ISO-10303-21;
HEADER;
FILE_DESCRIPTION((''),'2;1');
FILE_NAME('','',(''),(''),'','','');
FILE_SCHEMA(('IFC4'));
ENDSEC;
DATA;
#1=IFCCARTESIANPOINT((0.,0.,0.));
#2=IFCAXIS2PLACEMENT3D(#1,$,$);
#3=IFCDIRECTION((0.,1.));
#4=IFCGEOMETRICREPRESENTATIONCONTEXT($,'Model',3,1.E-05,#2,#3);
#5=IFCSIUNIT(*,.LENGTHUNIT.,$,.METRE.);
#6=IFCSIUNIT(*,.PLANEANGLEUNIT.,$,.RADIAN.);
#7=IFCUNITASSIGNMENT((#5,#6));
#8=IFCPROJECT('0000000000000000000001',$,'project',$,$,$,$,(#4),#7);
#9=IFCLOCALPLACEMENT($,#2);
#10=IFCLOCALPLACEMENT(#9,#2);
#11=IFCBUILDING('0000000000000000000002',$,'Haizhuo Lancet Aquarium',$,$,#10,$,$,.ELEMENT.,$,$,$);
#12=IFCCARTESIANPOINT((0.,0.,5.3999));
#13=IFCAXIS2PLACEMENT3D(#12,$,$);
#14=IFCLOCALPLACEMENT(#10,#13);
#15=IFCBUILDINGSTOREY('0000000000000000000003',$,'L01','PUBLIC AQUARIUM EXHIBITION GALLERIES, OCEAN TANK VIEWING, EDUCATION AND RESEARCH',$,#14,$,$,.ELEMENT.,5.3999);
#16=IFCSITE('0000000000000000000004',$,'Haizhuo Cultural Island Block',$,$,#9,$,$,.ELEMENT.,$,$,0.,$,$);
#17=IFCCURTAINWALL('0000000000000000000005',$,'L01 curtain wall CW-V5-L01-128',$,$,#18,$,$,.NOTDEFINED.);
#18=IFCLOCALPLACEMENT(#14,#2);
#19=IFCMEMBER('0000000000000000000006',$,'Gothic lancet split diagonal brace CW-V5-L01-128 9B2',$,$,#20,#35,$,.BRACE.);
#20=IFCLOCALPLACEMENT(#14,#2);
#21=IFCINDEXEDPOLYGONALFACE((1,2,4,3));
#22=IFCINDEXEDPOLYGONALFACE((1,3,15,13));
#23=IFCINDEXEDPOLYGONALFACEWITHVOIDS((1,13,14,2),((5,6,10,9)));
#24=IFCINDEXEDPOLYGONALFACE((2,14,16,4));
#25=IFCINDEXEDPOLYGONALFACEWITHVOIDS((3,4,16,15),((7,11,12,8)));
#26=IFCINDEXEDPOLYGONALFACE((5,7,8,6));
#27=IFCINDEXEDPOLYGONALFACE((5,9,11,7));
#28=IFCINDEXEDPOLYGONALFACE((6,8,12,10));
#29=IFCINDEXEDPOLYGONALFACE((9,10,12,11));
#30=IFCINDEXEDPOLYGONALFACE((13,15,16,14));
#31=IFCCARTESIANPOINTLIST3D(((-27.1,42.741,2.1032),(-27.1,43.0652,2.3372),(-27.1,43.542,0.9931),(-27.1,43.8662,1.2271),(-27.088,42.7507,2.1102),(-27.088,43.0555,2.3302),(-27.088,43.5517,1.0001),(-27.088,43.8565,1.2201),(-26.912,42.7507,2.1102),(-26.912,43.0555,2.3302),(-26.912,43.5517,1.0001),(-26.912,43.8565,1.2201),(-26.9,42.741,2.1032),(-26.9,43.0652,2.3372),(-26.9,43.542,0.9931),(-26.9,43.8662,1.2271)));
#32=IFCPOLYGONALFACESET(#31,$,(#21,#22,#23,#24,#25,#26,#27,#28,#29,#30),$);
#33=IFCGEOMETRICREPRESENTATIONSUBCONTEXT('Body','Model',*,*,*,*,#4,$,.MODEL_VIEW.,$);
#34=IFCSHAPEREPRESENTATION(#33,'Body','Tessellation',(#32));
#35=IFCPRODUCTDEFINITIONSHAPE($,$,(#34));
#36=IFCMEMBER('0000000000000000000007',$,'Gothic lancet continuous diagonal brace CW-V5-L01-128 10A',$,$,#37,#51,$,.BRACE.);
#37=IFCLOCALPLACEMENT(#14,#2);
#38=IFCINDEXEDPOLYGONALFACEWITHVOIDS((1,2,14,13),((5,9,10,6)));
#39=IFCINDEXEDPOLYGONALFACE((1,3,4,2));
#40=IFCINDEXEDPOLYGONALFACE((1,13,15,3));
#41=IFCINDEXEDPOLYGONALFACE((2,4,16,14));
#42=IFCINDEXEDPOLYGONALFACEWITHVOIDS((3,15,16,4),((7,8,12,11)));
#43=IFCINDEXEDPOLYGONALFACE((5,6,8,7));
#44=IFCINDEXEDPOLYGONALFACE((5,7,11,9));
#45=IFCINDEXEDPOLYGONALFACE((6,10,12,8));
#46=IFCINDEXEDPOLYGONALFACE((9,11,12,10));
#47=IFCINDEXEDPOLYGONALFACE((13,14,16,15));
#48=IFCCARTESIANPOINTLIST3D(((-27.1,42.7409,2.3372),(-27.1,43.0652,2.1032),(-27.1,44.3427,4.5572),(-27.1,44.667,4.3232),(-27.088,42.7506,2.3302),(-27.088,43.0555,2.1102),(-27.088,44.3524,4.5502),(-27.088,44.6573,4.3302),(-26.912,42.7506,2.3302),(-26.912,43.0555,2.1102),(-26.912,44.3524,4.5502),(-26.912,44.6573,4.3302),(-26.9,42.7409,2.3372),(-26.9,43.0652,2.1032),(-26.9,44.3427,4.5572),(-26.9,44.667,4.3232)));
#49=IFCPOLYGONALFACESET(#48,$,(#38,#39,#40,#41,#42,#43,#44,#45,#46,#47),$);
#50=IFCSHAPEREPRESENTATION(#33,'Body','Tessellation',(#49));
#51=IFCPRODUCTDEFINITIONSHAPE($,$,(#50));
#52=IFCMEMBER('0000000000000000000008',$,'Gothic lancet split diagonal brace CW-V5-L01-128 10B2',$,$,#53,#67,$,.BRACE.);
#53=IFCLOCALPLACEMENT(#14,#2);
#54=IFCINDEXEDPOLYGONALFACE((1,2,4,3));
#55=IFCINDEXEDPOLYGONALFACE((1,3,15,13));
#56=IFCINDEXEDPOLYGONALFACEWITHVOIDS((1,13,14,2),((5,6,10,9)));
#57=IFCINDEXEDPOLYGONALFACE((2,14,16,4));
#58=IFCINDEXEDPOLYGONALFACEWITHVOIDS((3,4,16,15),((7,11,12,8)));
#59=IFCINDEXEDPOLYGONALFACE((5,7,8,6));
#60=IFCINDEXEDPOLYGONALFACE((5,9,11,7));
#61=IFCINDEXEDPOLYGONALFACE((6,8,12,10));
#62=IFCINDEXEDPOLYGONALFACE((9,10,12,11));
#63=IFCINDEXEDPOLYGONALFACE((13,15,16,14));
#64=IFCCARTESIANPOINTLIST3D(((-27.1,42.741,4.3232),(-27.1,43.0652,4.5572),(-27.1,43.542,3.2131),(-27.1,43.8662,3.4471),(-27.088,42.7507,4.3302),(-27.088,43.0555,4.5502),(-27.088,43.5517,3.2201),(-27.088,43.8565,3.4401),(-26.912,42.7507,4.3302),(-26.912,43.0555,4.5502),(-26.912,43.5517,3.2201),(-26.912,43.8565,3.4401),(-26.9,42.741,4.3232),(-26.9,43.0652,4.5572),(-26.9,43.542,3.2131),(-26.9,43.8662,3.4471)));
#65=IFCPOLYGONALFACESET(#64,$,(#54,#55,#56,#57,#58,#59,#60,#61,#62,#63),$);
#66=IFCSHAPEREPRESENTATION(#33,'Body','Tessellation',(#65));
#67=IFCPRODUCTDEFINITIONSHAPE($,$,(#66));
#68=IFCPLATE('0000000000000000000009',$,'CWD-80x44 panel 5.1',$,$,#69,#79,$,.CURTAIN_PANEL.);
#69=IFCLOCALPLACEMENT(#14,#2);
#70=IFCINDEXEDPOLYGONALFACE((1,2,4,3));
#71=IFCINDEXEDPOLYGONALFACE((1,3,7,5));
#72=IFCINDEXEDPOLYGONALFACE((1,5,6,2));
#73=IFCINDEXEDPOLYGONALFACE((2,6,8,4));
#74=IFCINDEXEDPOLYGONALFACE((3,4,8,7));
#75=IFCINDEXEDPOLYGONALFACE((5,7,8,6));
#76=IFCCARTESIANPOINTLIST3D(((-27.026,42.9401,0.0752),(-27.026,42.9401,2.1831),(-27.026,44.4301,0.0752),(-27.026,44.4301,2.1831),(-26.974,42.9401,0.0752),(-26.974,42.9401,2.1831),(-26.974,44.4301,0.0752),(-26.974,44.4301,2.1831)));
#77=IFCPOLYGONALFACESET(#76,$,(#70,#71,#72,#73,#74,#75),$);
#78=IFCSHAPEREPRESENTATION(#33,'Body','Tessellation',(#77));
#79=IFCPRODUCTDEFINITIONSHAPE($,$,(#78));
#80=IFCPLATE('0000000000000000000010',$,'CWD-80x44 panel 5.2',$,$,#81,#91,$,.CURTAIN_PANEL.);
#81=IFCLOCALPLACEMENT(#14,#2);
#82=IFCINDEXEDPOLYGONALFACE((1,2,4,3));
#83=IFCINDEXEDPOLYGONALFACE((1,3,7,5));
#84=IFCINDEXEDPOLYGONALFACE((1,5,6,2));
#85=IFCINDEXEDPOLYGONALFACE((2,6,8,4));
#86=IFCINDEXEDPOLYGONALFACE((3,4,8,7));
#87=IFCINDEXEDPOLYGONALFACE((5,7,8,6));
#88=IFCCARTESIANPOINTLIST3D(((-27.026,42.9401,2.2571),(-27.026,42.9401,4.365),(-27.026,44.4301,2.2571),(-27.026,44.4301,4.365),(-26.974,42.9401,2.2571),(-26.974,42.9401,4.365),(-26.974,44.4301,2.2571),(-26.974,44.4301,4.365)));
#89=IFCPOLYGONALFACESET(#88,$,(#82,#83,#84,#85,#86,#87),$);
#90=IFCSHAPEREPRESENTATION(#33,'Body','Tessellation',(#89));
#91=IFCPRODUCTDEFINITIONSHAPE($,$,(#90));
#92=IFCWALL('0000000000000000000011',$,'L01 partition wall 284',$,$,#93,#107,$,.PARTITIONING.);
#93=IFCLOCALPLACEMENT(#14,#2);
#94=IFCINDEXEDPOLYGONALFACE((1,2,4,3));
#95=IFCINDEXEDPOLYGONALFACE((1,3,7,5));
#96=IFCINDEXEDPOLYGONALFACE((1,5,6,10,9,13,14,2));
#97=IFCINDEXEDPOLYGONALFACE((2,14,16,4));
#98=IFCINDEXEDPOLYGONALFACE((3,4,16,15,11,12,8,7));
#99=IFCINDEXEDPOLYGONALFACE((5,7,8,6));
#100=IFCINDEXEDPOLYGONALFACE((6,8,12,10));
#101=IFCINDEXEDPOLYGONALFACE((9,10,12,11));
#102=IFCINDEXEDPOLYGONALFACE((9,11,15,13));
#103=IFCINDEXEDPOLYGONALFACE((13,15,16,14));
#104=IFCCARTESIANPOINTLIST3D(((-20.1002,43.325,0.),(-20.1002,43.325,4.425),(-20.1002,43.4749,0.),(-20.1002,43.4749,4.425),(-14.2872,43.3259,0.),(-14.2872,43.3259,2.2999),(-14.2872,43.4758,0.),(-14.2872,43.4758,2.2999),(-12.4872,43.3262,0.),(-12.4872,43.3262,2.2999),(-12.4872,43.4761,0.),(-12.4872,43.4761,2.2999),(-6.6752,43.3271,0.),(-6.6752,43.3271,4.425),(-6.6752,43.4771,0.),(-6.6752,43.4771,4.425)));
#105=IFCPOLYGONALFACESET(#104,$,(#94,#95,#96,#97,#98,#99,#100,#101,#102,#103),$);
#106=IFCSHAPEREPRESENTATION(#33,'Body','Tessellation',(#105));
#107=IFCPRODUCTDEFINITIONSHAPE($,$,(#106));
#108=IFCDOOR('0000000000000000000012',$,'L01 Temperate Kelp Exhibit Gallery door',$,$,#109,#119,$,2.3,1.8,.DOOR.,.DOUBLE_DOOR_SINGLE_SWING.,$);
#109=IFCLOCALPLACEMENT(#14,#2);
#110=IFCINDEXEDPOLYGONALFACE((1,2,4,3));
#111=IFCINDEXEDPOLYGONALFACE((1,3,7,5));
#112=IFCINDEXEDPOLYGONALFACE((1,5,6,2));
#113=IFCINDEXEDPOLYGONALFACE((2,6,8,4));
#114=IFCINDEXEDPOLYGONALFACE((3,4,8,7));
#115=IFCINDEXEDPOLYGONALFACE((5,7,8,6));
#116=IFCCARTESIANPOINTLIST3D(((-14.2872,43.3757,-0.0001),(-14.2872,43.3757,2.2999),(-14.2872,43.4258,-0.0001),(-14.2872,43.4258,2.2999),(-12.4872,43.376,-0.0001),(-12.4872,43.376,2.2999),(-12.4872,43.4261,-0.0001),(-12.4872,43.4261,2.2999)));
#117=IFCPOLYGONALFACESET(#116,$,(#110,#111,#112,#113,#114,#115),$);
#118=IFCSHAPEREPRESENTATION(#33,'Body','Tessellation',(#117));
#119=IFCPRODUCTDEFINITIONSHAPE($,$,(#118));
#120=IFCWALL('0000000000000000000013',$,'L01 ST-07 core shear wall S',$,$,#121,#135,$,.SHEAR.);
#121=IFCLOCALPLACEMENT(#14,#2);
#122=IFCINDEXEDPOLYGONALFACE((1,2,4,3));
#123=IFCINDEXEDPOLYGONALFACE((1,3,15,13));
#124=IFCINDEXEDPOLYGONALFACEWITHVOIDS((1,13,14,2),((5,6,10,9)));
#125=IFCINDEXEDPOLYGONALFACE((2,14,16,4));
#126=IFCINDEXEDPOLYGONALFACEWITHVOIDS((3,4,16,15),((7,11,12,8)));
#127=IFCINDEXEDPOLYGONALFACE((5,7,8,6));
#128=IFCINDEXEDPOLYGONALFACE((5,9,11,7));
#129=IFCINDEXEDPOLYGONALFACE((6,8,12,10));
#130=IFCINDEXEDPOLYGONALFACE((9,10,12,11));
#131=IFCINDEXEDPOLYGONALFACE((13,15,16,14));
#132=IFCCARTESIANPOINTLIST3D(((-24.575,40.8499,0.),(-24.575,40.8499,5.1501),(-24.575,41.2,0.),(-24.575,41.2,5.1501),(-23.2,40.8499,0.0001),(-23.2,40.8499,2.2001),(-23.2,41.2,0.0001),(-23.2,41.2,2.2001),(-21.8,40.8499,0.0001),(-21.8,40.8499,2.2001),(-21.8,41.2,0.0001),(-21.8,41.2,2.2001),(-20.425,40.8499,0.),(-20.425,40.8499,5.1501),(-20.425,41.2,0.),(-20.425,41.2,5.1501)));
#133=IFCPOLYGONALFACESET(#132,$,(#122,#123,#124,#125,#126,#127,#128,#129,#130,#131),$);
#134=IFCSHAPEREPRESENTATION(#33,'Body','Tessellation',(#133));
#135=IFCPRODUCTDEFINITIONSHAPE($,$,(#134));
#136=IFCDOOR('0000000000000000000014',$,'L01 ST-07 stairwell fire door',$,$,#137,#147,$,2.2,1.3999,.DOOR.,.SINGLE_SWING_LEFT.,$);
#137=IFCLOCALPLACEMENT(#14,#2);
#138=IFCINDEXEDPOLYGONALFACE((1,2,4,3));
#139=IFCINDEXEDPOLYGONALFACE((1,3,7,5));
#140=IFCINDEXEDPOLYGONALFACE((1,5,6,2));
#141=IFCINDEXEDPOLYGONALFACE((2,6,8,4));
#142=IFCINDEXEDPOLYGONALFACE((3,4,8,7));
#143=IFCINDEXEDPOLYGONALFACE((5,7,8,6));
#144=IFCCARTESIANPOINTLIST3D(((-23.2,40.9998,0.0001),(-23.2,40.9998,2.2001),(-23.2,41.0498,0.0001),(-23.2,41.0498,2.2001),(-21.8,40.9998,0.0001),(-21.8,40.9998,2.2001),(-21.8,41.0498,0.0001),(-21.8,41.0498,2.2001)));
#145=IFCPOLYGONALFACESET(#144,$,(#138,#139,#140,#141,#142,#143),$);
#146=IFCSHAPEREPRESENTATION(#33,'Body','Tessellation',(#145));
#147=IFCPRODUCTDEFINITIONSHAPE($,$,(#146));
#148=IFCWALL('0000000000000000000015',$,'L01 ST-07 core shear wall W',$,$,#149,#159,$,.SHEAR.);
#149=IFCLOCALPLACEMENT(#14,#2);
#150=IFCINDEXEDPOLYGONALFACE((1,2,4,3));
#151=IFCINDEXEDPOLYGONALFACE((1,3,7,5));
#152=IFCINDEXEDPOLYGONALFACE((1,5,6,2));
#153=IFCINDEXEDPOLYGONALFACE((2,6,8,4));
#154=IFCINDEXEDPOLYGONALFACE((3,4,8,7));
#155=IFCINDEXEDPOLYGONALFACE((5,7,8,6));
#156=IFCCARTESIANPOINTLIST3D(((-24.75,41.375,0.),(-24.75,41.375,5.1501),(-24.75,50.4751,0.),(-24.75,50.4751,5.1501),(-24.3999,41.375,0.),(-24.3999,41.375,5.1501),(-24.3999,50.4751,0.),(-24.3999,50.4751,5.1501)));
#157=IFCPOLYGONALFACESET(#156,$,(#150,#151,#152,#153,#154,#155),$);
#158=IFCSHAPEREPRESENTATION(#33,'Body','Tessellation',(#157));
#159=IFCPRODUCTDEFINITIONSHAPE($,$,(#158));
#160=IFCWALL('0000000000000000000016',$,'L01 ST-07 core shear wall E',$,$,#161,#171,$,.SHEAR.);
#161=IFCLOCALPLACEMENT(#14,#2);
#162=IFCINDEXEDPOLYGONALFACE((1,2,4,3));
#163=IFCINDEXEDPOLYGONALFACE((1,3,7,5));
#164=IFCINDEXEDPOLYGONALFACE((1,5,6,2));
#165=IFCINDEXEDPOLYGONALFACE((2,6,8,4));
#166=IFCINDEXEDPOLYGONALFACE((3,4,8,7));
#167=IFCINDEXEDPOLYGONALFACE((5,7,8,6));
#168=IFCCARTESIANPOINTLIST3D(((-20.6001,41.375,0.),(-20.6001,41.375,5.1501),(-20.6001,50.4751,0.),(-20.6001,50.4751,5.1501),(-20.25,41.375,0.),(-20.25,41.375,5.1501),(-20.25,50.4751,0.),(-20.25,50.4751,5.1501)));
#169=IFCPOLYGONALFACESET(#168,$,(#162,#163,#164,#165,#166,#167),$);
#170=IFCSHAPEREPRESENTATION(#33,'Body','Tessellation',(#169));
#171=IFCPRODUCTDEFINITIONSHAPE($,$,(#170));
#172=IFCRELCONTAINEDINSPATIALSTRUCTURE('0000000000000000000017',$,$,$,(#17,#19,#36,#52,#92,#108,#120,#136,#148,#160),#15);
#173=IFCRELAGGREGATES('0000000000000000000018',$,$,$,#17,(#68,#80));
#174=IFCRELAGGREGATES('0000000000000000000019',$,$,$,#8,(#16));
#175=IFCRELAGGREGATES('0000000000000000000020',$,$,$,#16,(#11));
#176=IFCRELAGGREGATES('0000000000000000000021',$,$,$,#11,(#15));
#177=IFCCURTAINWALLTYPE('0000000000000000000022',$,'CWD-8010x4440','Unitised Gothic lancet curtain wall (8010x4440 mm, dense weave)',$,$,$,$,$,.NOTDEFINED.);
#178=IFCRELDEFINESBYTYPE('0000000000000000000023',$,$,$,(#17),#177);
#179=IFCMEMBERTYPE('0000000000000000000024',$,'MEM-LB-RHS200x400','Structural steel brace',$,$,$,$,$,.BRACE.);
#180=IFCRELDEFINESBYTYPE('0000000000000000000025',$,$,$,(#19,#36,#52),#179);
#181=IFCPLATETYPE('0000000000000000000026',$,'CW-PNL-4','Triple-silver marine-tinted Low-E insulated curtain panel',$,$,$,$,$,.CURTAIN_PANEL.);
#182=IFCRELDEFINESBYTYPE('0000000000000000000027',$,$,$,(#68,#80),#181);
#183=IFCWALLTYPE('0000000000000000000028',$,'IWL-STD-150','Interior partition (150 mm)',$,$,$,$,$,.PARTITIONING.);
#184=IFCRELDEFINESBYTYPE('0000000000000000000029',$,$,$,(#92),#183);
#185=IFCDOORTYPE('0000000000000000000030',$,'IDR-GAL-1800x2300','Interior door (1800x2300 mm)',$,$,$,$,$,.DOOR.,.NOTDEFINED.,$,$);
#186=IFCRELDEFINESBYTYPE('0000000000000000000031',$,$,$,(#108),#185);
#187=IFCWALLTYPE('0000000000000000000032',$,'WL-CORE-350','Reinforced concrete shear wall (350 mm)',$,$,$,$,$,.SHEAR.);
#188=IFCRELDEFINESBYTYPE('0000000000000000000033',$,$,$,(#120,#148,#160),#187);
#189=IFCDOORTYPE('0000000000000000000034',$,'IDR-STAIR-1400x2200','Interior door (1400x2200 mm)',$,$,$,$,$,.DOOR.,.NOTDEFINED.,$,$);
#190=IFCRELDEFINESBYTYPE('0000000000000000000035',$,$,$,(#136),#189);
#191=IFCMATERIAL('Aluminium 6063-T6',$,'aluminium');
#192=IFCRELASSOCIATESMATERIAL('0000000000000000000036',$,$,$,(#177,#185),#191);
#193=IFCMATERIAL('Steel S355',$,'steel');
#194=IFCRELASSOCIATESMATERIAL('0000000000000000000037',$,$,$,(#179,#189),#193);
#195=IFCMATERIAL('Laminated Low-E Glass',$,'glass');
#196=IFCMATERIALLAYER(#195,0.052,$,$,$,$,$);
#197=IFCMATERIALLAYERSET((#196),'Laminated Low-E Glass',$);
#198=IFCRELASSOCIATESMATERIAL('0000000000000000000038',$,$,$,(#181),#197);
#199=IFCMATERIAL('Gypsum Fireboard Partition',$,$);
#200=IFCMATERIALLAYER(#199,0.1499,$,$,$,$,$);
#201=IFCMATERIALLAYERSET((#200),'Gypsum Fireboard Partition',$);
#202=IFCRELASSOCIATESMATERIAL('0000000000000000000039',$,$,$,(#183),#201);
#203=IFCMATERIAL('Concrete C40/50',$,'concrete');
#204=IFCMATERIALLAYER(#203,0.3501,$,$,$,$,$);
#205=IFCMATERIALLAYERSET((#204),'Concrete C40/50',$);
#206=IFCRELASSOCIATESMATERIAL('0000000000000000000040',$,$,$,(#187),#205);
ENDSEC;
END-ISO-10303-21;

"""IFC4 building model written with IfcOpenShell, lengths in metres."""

from ifc_helpers import new_model, si_unit, direction, frame, frame_2d, origin, origin_2d, place, context, subcontext, project, spatial, rectangle, hollow_rectangle, extrude, material, layer, layer_set, material_profile, profile_set, type_object, element, fill, aggregate, save


model = new_model("IFC4")

# Units and contexts
model_context = context("Model", 3, precision=1e-05, world=origin(), true_north=direction((0.0, 1.0)))
body_context = subcontext(model_context, "Body", "Model", "MODEL_VIEW")
ifc_project = project(units=[si_unit("LENGTHUNIT", "METRE"), si_unit("PLANEANGLEUNIT", "RADIAN")], contexts=[model_context])

# Site, building, storey
site_placement = place(None, origin())
site = spatial("IfcSite", under=ifc_project, at=site_placement, Name="Haizhuo Cultural Island Block", CompositionType="ELEMENT", RefElevation=0.0)
building_placement = place(site_placement, origin())
building = spatial("IfcBuilding", under=site, at=building_placement, Name="Haizhuo Lancet Aquarium", CompositionType="ELEMENT")
storey_placement = place(building_placement, frame((0.0, 0.0, 5.3999)))
storey = spatial("IfcBuildingStorey", under=building, at=storey_placement, Name="L01", Description="PUBLIC AQUARIUM EXHIBITION GALLERIES, OCEAN TANK VIEWING, EDUCATION AND RESEARCH", CompositionType="ELEMENT", Elevation=5.3999)

# Curtain wall
ifc_material_1 = material(Name="Aluminium 6063-T6", Category="aluminium")
curtain_wall_type = type_object("IfcCurtainWallType", Name="CWD-8010x4440", Description="Unitised Gothic lancet curtain wall (8010x4440 mm, dense weave)", PredefinedType="NOTDEFINED", material=ifc_material_1)
curtain_wall_placement = place(storey_placement, origin())
curtain_wall = element("IfcCurtainWall", 1, at=curtain_wall_placement, inside=storey, type_object=curtain_wall_type, Name="L01 curtain wall CW-V5-L01-128", PredefinedType="NOTDEFINED")

# Shared definitions
ifc_material_2 = material(Name="Steel S355", Category="steel")

# Members
ifc_material_profile_1 = material_profile(ifc_material_2, hollow_rectangle(XDim=0.2, YDim=0.3999, WallThickness=0.012, at=origin_2d()), Name="RHS 200x400x12")
ifc_profile_set_1 = profile_set([ifc_material_profile_1], Name="Steel S355")
member_type_1 = type_object("IfcMemberType", Name="MEM-LB-RHS200x400", Description="Structural steel brace", PredefinedType="BRACE", material=ifc_profile_set_1)
member_1_placement = place(storey_placement, frame((-27.0, 43.7041, 1.1101), z_axis=(0.0, -0.585145, 0.810928), x_axis=(1.0, 0.0, 0.0)))
element("IfcMember", 2, at=member_1_placement, inside=storey, type_object=member_type_1, Name="Gothic lancet split diagonal brace CW-V5-L01-128 9B2", PredefinedType="BRACE", context=body_context, shape_type="SweptSolid", body=[
    extrude(hollow_rectangle(XDim=0.2, YDim=0.3999, WallThickness=0.012, at=origin_2d()), origin(), (0.0, 0.0, 1.0), 1.3689),
])
member_2_placement = place(storey_placement, frame((-27.0, 42.9031, 2.2202), z_axis=(0.0, 0.585129, 0.81094), x_axis=(-1.0, 0.0, 0.0)))
element("IfcMember", 3, at=member_2_placement, inside=storey, type_object=member_type_1, Name="Gothic lancet continuous diagonal brace CW-V5-L01-128 10A", PredefinedType="BRACE", context=body_context, shape_type="SweptSolid", body=[
    extrude(hollow_rectangle(XDim=0.2, YDim=0.3999, WallThickness=0.012, at=origin_2d()), origin(), (0.0, 0.0, 1.0), 2.7375),
])
member_3_placement = place(storey_placement, frame((-27.0, 43.7041, 3.3301), z_axis=(0.0, -0.585145, 0.810928), x_axis=(1.0, 0.0, 0.0)))
element("IfcMember", 4, at=member_3_placement, inside=storey, type_object=member_type_1, Name="Gothic lancet split diagonal brace CW-V5-L01-128 10B2", PredefinedType="BRACE", context=body_context, shape_type="SweptSolid", body=[
    extrude(hollow_rectangle(XDim=0.2, YDim=0.3999, WallThickness=0.012, at=origin_2d()), origin(), (0.0, 0.0, 1.0), 1.3689),
])

# Plates
ifc_material_3 = material(Name="Laminated Low-E Glass", Category="glass")
ifc_layer_1 = layer(ifc_material_3, 0.052)
ifc_layer_set_1 = layer_set([ifc_layer_1], Name="Laminated Low-E Glass")
plate_type = type_object("IfcPlateType", Name="CW-PNL-4", Description="Triple-silver marine-tinted Low-E insulated curtain panel", PredefinedType="CURTAIN_PANEL", material=ifc_layer_set_1)
plate_1_placement = place(storey_placement, frame((-27.0, 43.6851, 0.0752), z_axis=(0.0, 0.0, 1.0), x_axis=(0.0, 1.0, 0.0)))
plate_1 = element("IfcPlate", 5, at=plate_1_placement, type_object=plate_type, Name="CWD-80x44 panel 5.1", PredefinedType="CURTAIN_PANEL", context=body_context, shape_type="SweptSolid", body=[
    extrude(rectangle(XDim=1.49, YDim=0.052, at=origin_2d()), origin(), (0.0, 0.0, 1.0), 2.1079),
])
plate_2_placement = place(storey_placement, frame((-27.0, 43.6851, 2.2571), z_axis=(0.0, 0.0, 1.0), x_axis=(0.0, 1.0, 0.0)))
plate_2 = element("IfcPlate", 6, at=plate_2_placement, type_object=plate_type, Name="CWD-80x44 panel 5.2", PredefinedType="CURTAIN_PANEL", context=body_context, shape_type="SweptSolid", body=[
    extrude(rectangle(XDim=1.49, YDim=0.052, at=origin_2d()), origin(), (0.0, 0.0, 1.0), 2.1079),
])
aggregate(curtain_wall, [plate_1, plate_2])

# Walls, openings, doors
ifc_material_4 = material(Name="Gypsum Fireboard Partition")
ifc_layer_2 = layer(ifc_material_4, 0.1499)
ifc_layer_set_2 = layer_set([ifc_layer_2], Name="Gypsum Fireboard Partition")
wall_type_1 = type_object("IfcWallType", Name="IWL-STD-150", Description="Interior partition (150 mm)", PredefinedType="PARTITIONING", material=ifc_layer_set_2)
wall_1_placement = place(storey_placement, frame((-20.1001, 43.3999, 0.0), z_axis=(0.0, 0.0, 1.0), x_axis=(1.0, 0.000164, 0.0)))
wall_1 = element("IfcWall", 7, at=wall_1_placement, inside=storey, type_object=wall_type_1, Name="L01 partition wall 284", PredefinedType="PARTITIONING", context=body_context, shape_type="SweptSolid", body=[
    extrude(rectangle(XDim=13.425, YDim=0.1499, at=frame_2d((6.7124, 0.0))), origin(), (0.0, 0.0, 1.0), 4.425),
])
opening_1_placement = place(wall_1_placement, frame((5.813, 0.0, 0.0)))
opening_1 = element("IfcOpeningElement", 8, at=opening_1_placement, cuts=wall_1, PredefinedType="OPENING", context=body_context, shape_type="SweptSolid", body=[
    extrude(rectangle(XDim=1.8, YDim=2.3, at=frame_2d((0.8999, 1.1499))), frame((0.0, 0.085, 0.0), z_axis=(0.0, -1.0, 0.0), x_axis=(1.0, 0.0, 0.0)), (0.0, 0.0, 1.0), 0.1699),
])
door_type_1 = type_object("IfcDoorType", Name="IDR-GAL-1800x2300", Description="Interior door (1800x2300 mm)", OperationType="NOTDEFINED", PredefinedType="DOOR", material=ifc_material_1)
door_1_placement = place(opening_1_placement, origin())
door_1 = element("IfcDoor", 9, at=door_1_placement, inside=storey, type_object=door_type_1, Name="L01 Temperate Kelp Exhibit Gallery door", OperationType="DOUBLE_DOOR_SINGLE_SWING", OverallHeight=2.3, OverallWidth=1.8, PredefinedType="DOOR", context=body_context, shape_type="SweptSolid", body=[
    extrude(rectangle(XDim=1.8, YDim=2.3, at=frame_2d((0.8999, 1.1499))), frame((0.0, 0.0249, 0.0), z_axis=(0.0, -1.0, 0.0), x_axis=(1.0, 0.0, 0.0)), (0.0, 0.0, 1.0), 0.05),
])
fill(opening_1, door_1)
ifc_material_5 = material(Name="Concrete C40/50", Category="concrete")
ifc_layer_3 = layer(ifc_material_5, 0.3501)
ifc_layer_set_3 = layer_set([ifc_layer_3], Name="Concrete C40/50")
wall_type_2 = type_object("IfcWallType", Name="WL-CORE-350", Description="Reinforced concrete shear wall (350 mm)", PredefinedType="SHEAR", material=ifc_layer_set_3)
wall_2_placement = place(storey_placement, frame((-24.575, 41.0249, 0.0), z_axis=(0.0, 0.0, 1.0), x_axis=(1.0, 0.0, 0.0)))
wall_2 = element("IfcWall", 10, at=wall_2_placement, inside=storey, type_object=wall_type_2, Name="L01 ST-07 core shear wall S", PredefinedType="SHEAR", context=body_context, shape_type="SweptSolid", body=[
    extrude(rectangle(XDim=4.1499, YDim=0.3501, at=frame_2d((2.075, 0.0))), origin(), (0.0, 0.0, 1.0), 5.1501),
])
opening_2_placement = place(wall_2_placement, frame((1.375, 0.0, 0.0)))
opening_2 = element("IfcOpeningElement", 11, at=opening_2_placement, cuts=wall_2, PredefinedType="OPENING", context=body_context, shape_type="SweptSolid", body=[
    extrude(rectangle(XDim=1.3999, YDim=2.2, at=frame_2d((0.7, 1.1001))), frame((0.0, 0.1851, 0.0), z_axis=(0.0, -1.0, 0.0), x_axis=(1.0, 0.0, 0.0)), (0.0, 0.0, 1.0), 0.3701),
])
door_type_2 = type_object("IfcDoorType", Name="IDR-STAIR-1400x2200", Description="Interior door (1400x2200 mm)", OperationType="NOTDEFINED", PredefinedType="DOOR", material=ifc_material_2)
door_2_placement = place(opening_2_placement, origin())
door_2 = element("IfcDoor", 12, at=door_2_placement, inside=storey, type_object=door_type_2, Name="L01 ST-07 stairwell fire door", OperationType="SINGLE_SWING_LEFT", OverallHeight=2.2, OverallWidth=1.3999, PredefinedType="DOOR", context=body_context, shape_type="SweptSolid", body=[
    extrude(rectangle(XDim=1.3999, YDim=2.2, at=frame_2d((0.7, 1.1001))), frame((0.0, 0.0249, 0.0), z_axis=(0.0, -1.0, 0.0), x_axis=(1.0, 0.0, 0.0)), (0.0, 0.0, 1.0), 0.05),
])
fill(opening_2, door_2)

# Walls
for number, where, z_axis, x_axis, name in (
    (13, (-24.575, 41.375, 0.0), (0.0, 0.0, 1.0), (0.0, 1.0, 0.0), "L01 ST-07 core shear wall W"),
    (14, (-20.425, 41.375, 0.0), (0.0, 0.0, 1.0), (0.0, 1.0, 0.0), "L01 ST-07 core shear wall E"),
):
    element("IfcWall", number, at=place(storey_placement, frame(where, z_axis=z_axis, x_axis=x_axis)), inside=storey, type_object=wall_type_2, Name=name, PredefinedType="SHEAR", context=body_context, shape_type="SweptSolid", body=[
        extrude(rectangle(XDim=9.1001, YDim=0.3501, at=frame_2d((4.55, 0.0))), origin(), (0.0, 0.0, 1.0), 5.1501),
    ])

save(model, "model.ifc")
